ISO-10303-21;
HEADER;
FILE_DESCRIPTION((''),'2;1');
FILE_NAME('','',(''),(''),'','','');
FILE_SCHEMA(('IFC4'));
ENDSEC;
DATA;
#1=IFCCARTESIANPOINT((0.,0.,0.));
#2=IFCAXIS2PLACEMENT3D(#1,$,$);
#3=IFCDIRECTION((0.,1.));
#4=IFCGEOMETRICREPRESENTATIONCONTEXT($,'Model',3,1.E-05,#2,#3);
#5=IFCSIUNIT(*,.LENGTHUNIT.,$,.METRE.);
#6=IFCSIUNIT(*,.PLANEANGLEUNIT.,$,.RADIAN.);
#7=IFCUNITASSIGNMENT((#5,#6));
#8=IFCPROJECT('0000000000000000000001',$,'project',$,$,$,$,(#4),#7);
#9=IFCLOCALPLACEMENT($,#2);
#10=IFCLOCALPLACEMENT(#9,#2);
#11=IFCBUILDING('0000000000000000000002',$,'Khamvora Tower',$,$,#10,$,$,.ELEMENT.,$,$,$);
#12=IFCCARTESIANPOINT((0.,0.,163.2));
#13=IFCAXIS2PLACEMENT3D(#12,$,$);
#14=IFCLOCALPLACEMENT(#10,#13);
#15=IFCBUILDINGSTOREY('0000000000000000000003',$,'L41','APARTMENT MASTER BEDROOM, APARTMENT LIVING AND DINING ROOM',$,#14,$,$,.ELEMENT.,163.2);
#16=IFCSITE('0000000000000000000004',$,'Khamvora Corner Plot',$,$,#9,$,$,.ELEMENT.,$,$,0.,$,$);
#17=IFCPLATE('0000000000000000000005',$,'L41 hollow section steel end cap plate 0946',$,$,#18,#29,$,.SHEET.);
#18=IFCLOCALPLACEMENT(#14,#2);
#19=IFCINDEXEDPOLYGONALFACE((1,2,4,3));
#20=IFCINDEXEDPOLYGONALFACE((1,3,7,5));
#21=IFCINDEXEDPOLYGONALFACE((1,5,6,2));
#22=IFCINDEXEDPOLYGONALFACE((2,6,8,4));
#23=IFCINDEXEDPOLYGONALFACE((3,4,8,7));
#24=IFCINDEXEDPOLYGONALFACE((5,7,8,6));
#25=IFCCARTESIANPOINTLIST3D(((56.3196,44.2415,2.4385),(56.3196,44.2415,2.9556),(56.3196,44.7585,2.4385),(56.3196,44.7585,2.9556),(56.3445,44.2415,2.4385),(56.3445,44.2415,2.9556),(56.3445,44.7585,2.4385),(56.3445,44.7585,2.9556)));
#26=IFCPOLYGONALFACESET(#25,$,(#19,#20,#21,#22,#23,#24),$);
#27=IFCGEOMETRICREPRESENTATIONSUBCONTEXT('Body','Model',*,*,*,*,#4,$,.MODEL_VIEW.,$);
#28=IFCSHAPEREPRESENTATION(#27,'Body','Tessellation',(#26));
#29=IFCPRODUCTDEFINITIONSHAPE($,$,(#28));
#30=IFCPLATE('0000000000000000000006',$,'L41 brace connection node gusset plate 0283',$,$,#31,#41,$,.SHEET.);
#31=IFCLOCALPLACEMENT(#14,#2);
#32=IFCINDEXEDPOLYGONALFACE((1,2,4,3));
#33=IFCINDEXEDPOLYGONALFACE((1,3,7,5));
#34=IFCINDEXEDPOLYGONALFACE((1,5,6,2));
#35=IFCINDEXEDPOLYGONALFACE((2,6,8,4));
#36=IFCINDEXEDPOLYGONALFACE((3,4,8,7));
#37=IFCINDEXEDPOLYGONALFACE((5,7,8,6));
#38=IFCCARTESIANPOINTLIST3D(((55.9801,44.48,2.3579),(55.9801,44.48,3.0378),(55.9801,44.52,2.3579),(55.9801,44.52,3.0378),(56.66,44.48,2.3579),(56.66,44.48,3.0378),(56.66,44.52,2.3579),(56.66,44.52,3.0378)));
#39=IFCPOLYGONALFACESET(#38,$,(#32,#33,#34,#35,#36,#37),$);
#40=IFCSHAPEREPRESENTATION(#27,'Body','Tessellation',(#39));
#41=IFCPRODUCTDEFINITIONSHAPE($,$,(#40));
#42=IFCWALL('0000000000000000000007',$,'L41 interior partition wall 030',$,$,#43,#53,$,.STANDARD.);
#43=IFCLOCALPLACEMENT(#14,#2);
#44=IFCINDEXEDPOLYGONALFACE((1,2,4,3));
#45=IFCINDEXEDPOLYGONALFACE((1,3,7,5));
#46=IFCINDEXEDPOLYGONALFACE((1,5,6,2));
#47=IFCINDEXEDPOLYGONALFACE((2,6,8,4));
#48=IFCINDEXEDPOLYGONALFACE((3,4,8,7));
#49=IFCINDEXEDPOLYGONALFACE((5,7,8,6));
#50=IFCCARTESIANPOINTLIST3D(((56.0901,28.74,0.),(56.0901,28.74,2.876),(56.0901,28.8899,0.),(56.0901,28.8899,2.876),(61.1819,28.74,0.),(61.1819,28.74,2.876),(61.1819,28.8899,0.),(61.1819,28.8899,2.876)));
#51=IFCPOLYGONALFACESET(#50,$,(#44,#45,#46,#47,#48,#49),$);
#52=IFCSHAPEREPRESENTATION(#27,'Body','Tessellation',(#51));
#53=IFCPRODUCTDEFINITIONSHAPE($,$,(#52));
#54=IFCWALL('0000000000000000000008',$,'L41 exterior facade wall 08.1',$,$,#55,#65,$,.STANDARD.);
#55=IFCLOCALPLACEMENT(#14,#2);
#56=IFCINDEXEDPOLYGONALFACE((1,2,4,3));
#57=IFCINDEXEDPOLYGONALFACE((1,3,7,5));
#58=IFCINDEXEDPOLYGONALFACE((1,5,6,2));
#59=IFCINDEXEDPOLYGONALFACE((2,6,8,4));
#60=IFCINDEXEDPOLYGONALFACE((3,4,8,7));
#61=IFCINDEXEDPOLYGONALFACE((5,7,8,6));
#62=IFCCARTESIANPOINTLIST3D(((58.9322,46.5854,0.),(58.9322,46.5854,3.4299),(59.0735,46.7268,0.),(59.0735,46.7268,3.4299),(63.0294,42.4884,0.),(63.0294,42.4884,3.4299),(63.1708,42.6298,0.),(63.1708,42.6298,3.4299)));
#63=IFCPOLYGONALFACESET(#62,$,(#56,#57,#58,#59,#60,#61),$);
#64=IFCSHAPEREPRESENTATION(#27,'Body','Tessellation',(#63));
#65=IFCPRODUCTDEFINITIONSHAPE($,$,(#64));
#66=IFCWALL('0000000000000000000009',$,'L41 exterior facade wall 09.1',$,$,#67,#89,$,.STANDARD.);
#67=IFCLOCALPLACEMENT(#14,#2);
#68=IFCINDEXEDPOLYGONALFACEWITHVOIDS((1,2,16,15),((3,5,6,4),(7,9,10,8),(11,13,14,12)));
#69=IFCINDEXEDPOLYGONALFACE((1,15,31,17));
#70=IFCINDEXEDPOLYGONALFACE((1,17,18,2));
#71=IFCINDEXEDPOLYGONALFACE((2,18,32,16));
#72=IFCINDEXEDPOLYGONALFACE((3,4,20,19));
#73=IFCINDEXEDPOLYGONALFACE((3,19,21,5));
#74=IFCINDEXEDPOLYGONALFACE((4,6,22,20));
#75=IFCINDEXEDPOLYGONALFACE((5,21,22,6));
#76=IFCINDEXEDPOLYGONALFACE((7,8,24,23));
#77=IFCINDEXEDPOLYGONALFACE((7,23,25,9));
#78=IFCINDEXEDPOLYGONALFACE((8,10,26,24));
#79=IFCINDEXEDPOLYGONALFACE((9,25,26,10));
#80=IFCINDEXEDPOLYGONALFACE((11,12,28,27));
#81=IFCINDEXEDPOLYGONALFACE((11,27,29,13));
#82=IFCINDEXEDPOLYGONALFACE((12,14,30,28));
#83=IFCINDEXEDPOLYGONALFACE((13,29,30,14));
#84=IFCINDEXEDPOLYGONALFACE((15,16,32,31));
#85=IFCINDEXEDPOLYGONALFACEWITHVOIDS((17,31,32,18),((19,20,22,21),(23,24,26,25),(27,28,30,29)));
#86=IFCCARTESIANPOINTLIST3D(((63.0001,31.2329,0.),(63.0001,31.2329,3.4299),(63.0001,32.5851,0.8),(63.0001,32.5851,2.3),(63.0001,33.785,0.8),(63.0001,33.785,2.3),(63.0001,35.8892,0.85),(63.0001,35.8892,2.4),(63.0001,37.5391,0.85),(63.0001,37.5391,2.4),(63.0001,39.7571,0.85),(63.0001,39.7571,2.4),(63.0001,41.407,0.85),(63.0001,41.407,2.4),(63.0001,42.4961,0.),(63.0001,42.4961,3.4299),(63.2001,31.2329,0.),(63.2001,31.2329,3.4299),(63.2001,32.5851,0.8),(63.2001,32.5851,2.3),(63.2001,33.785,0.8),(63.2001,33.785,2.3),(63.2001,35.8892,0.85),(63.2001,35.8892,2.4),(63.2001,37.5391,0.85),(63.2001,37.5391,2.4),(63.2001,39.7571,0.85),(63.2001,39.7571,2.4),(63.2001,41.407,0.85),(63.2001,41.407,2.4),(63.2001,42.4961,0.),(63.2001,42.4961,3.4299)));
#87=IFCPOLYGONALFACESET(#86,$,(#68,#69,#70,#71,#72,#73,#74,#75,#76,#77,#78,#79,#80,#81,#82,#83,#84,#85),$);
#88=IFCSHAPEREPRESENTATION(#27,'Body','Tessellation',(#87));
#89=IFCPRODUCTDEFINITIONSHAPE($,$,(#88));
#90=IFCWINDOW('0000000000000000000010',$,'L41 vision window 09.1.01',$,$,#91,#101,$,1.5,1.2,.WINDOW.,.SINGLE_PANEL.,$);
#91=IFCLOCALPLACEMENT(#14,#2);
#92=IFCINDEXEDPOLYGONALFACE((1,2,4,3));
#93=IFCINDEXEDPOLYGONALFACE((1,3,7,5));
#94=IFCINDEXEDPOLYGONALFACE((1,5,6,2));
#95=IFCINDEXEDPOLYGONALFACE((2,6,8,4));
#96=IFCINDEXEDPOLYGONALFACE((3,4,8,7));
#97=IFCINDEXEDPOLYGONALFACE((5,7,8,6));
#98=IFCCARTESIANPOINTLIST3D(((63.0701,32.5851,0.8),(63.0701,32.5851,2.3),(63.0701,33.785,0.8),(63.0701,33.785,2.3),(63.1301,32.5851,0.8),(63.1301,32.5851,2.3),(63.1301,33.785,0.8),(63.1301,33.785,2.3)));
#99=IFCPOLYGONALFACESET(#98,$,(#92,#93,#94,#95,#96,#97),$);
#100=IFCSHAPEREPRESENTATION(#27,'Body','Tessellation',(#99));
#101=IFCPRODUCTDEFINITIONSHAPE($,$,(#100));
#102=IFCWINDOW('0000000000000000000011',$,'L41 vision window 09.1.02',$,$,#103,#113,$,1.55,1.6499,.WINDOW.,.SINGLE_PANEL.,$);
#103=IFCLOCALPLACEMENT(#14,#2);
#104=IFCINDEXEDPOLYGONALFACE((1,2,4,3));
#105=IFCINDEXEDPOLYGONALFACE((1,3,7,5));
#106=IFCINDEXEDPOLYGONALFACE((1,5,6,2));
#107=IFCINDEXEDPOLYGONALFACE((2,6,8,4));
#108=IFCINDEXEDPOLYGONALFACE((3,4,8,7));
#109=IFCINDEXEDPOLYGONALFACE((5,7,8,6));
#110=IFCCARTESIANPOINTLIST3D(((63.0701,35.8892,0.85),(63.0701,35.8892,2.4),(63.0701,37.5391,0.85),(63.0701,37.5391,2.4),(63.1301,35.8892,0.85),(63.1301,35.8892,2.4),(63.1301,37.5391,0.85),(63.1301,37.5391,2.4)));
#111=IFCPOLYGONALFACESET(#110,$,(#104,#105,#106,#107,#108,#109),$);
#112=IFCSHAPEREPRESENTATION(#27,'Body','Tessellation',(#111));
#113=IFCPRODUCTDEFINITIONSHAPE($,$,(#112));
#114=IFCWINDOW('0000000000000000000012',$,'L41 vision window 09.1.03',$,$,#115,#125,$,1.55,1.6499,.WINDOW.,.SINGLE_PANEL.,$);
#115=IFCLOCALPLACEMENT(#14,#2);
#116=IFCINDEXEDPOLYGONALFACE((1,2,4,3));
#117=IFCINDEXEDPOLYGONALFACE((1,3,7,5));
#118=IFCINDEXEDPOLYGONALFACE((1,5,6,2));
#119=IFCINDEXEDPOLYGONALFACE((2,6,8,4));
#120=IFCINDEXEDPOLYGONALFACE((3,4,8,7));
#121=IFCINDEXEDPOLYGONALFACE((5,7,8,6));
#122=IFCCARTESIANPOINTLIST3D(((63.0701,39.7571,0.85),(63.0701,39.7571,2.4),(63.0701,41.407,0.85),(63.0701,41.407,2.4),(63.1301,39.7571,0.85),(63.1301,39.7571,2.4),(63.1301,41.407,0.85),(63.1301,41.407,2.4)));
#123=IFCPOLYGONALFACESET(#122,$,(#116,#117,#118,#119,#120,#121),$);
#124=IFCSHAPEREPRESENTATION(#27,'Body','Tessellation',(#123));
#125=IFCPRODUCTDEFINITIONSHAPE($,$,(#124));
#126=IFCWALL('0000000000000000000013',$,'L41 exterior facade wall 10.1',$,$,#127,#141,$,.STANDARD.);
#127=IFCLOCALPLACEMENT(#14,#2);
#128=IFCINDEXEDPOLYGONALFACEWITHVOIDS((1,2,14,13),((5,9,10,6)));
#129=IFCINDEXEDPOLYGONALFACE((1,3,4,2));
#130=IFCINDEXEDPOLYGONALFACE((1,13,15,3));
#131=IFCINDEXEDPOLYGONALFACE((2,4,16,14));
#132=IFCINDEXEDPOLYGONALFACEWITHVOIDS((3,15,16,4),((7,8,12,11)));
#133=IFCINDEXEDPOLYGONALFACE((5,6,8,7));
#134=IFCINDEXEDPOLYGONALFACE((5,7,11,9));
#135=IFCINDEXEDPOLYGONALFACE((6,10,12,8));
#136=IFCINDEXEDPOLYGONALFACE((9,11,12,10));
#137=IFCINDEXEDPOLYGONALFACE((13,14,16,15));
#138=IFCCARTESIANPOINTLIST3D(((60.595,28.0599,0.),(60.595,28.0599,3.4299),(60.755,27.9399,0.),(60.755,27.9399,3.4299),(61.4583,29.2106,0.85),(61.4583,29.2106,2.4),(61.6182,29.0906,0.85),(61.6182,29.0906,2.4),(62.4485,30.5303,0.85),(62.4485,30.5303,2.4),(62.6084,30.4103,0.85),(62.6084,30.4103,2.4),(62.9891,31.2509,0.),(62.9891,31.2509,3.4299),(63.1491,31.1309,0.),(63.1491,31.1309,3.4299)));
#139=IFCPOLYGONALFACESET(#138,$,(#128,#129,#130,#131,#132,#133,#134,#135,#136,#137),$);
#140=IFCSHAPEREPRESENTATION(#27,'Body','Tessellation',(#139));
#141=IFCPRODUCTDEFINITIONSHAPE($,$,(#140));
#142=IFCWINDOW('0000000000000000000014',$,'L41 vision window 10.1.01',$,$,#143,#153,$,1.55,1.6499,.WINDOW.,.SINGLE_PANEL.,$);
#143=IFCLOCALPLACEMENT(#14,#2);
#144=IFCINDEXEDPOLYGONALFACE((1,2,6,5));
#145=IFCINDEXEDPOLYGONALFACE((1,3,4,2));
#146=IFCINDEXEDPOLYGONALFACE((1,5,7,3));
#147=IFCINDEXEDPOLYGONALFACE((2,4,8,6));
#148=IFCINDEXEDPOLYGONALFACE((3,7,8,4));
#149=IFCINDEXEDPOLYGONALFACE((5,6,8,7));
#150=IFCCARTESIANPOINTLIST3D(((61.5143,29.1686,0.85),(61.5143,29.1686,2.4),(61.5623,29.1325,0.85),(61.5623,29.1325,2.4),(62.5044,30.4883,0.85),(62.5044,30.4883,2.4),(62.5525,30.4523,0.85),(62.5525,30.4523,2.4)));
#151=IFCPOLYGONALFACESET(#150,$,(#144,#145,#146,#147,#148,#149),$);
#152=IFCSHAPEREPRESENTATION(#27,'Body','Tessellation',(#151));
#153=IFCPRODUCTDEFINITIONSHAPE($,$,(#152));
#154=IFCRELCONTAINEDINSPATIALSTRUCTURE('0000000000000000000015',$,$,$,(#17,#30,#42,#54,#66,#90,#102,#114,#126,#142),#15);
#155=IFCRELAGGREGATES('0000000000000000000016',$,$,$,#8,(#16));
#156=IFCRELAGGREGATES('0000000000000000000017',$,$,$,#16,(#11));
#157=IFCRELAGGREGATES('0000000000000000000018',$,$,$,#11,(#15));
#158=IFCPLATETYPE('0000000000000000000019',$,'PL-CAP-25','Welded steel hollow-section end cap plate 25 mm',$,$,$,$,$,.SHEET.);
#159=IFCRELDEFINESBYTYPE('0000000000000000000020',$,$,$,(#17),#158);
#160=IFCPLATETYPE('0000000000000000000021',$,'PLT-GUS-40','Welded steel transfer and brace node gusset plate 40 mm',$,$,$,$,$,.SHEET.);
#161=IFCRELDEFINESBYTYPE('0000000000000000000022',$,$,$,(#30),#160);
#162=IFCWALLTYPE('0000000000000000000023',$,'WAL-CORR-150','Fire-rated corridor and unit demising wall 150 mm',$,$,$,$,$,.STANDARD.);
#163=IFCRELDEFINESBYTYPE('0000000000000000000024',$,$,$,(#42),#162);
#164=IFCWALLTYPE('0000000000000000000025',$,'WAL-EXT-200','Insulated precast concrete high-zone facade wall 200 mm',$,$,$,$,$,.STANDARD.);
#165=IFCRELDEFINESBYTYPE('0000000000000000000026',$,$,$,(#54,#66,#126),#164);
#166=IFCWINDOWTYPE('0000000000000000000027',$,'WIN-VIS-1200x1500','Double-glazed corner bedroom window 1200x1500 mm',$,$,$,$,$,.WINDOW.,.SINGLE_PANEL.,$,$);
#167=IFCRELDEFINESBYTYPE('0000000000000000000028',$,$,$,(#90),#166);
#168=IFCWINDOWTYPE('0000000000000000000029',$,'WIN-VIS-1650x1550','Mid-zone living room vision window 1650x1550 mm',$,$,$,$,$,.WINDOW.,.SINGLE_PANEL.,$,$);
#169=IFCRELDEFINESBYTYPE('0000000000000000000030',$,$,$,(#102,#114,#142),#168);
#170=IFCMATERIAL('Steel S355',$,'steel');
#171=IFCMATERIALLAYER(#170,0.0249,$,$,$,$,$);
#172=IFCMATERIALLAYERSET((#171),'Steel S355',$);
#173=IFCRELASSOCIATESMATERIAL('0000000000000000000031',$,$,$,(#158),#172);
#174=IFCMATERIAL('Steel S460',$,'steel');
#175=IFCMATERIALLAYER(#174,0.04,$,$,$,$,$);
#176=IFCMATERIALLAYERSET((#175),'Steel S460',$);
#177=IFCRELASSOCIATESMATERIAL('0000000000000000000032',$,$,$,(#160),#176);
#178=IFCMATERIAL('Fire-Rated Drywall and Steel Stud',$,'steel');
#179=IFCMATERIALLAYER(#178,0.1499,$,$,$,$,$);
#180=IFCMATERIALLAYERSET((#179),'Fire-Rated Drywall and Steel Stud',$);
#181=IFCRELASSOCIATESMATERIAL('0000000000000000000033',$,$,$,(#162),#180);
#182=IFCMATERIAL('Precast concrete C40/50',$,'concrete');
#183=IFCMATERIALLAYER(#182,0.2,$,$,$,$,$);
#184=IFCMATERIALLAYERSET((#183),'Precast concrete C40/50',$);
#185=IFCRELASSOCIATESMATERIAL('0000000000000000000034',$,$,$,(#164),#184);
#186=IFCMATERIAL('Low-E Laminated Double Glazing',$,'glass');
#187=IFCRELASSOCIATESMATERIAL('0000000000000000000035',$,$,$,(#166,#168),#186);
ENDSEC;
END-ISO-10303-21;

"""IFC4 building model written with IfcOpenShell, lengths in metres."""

from ifc_helpers import new_model, si_unit, direction, frame, frame_2d, origin, origin_2d, place, context, subcontext, project, spatial, rectangle, extrude, material, layer, layer_set, type_object, element, fill, save


model = new_model("IFC4")

# Units and contexts
model_context = context("Model", 3, precision=1e-05, world=origin(), true_north=direction((0.0, 1.0)))
body_context = subcontext(model_context, "Body", "Model", "MODEL_VIEW")
ifc_project = project(units=[si_unit("LENGTHUNIT", "METRE"), si_unit("PLANEANGLEUNIT", "RADIAN")], contexts=[model_context])

# Site, building, storey
site_placement = place(None, origin())
site = spatial("IfcSite", under=ifc_project, at=site_placement, Name="Khamvora Corner Plot", CompositionType="ELEMENT", RefElevation=0.0)
building_placement = place(site_placement, origin())
building = spatial("IfcBuilding", under=site, at=building_placement, Name="Khamvora Tower", CompositionType="ELEMENT")
storey_placement = place(building_placement, frame((0.0, 0.0, 163.2)))
storey = spatial("IfcBuildingStorey", under=building, at=storey_placement, Name="L41", Description="APARTMENT MASTER BEDROOM, APARTMENT LIVING AND DINING ROOM", CompositionType="ELEMENT", Elevation=163.2)

# Shared definitions
ifc_material_1 = material(Name="Steel S355", Category="steel")

# Plates
ifc_layer_1 = layer(ifc_material_1, 0.0249)
ifc_layer_set_1 = layer_set([ifc_layer_1], Name="Steel S355")
plate_type_1 = type_object("IfcPlateType", Name="PL-CAP-25", Description="Welded steel hollow-section end cap plate 25 mm", PredefinedType="SHEET", material=ifc_layer_set_1)
plate_1_placement = place(storey_placement, frame((56.332, 44.5, 2.4385), z_axis=(0.0, 0.0, 1.0), x_axis=(-1.0, 0.0, 0.0)))
element("IfcPlate", 1, at=plate_1_placement, inside=storey, type_object=plate_type_1, Name="L41 hollow section steel end cap plate 0946", PredefinedType="SHEET", context=body_context, shape_type="SweptSolid", body=[
    extrude(rectangle(XDim=0.0249, YDim=0.5171, at=origin_2d()), origin(), (0.0, 0.0, 1.0), 0.5171),
])
ifc_material_2 = material(Name="Steel S460", Category="steel")
ifc_layer_2 = layer(ifc_material_2, 0.04)
ifc_layer_set_2 = layer_set([ifc_layer_2], Name="Steel S460")
plate_type_2 = type_object("IfcPlateType", Name="PLT-GUS-40", Description="Welded steel transfer and brace node gusset plate 40 mm", PredefinedType="SHEET", material=ifc_layer_set_2)
plate_2_placement = place(storey_placement, frame((56.3201, 44.5, 2.3579), z_axis=(0.0, 0.0, 1.0), x_axis=(1.0, 0.0, 0.0)))
element("IfcPlate", 2, at=plate_2_placement, inside=storey, type_object=plate_type_2, Name="L41 brace connection node gusset plate 0283", PredefinedType="SHEET", context=body_context, shape_type="SweptSolid", body=[
    extrude(rectangle(XDim=0.6799, YDim=0.04, at=origin_2d()), origin(), (0.0, 0.0, 1.0), 0.6799),
])

# Walls
ifc_material_3 = material(Name="Fire-Rated Drywall and Steel Stud", Category="steel")
ifc_layer_3 = layer(ifc_material_3, 0.1499)
ifc_layer_set_3 = layer_set([ifc_layer_3], Name="Fire-Rated Drywall and Steel Stud")
wall_type_1 = type_object("IfcWallType", Name="WAL-CORR-150", Description="Fire-rated corridor and unit demising wall 150 mm", PredefinedType="STANDARD", material=ifc_layer_set_3)
wall_1_placement = place(storey_placement, frame((56.0901, 28.8149, 0.0), z_axis=(0.0, 0.0, 1.0), x_axis=(1.0, 0.0, 0.0)))
element("IfcWall", 3, at=wall_1_placement, inside=storey, type_object=wall_type_1, Name="L41 interior partition wall 030", PredefinedType="STANDARD", context=body_context, shape_type="SweptSolid", body=[
    extrude(rectangle(XDim=5.0918, YDim=0.1499, at=frame_2d((2.5459, 0.0))), origin(), (0.0, 0.0, 1.0), 2.876),
])
ifc_material_4 = material(Name="Precast concrete C40/50", Category="concrete")
ifc_layer_4 = layer(ifc_material_4, 0.2)
ifc_layer_set_4 = layer_set([ifc_layer_4], Name="Precast concrete C40/50")
wall_type_2 = type_object("IfcWallType", Name="WAL-EXT-200", Description="Insulated precast concrete high-zone facade wall 200 mm", PredefinedType="STANDARD", material=ifc_layer_set_4)
wall_2_placement = place(storey_placement, frame((59.0029, 46.656, 0.0), z_axis=(0.0, 0.0, 1.0), x_axis=(0.707128, -0.707086, 0.0)))
element("IfcWall", 4, at=wall_2_placement, inside=storey, type_object=wall_type_2, Name="L41 exterior facade wall 08.1", PredefinedType="STANDARD", context=body_context, shape_type="SweptSolid", body=[
    extrude(rectangle(XDim=5.7942, YDim=0.2, at=frame_2d((2.897, 0.0))), origin(), (0.0, 0.0, 1.0), 3.4299),
])

# Wall, openings, windows
wall_3_placement = place(storey_placement, frame((63.1001, 42.4961, 0.0), z_axis=(0.0, 0.0, 1.0), x_axis=(0.0, -1.0, 0.0)))
wall_3 = element("IfcWall", 5, at=wall_3_placement, inside=storey, type_object=wall_type_2, Name="L41 exterior facade wall 09.1", PredefinedType="STANDARD", context=body_context, shape_type="SweptSolid", body=[
    extrude(rectangle(XDim=11.2632, YDim=0.2, at=frame_2d((5.6316, 0.0))), origin(), (0.0, 0.0, 1.0), 3.4299),
])
opening_1_placement = place(wall_3_placement, frame((8.7109, 0.0, 0.8)))
opening_1 = element("IfcOpeningElement", 6, at=opening_1_placement, cuts=wall_3, PredefinedType="OPENING", context=body_context, shape_type="SweptSolid", body=[
    extrude(rectangle(XDim=1.2, YDim=1.5, at=frame_2d((0.6001, 0.75))), frame((0.0, 0.1099, 0.0), z_axis=(0.0, -1.0, 0.0), x_axis=(1.0, 0.0, 0.0)), (0.0, 0.0, 1.0), 0.22),
])
opening_2_placement = place(wall_3_placement, frame((4.957, 0.0, 0.8501)))
opening_2 = element("IfcOpeningElement", 7, at=opening_2_placement, cuts=wall_3, PredefinedType="OPENING", context=body_context, shape_type="SweptSolid", body=[
    extrude(rectangle(XDim=1.6499, YDim=1.55, at=frame_2d((0.825, 0.7749))), frame((0.0, 0.1099, 0.0), z_axis=(0.0, -1.0, 0.0), x_axis=(1.0, 0.0, 0.0)), (0.0, 0.0, 1.0), 0.22),
])
opening_3_placement = place(wall_3_placement, frame((1.0891, 0.0, 0.8501)))
opening_3 = element("IfcOpeningElement", 8, at=opening_3_placement, cuts=wall_3, PredefinedType="OPENING", context=body_context, shape_type="SweptSolid", body=[
    extrude(rectangle(XDim=1.6499, YDim=1.55, at=frame_2d((0.825, 0.7749))), frame((0.0, 0.1099, 0.0), z_axis=(0.0, -1.0, 0.0), x_axis=(1.0, 0.0, 0.0)), (0.0, 0.0, 1.0), 0.22),
])
ifc_material_5 = material(Name="Low-E Laminated Double Glazing", Category="glass")
window_type_1 = type_object("IfcWindowType", Name="WIN-VIS-1200x1500", Description="Double-glazed corner bedroom window 1200x1500 mm", PartitioningType="SINGLE_PANEL", PredefinedType="WINDOW", material=ifc_material_5)
window_1_placement = place(opening_1_placement, origin())
window_1 = element("IfcWindow", 9, at=window_1_placement, inside=storey, type_object=window_type_1, Name="L41 vision window 09.1.01", OverallHeight=1.5, OverallWidth=1.2, PartitioningType="SINGLE_PANEL", PredefinedType="WINDOW", context=body_context, shape_type="SweptSolid", body=[
    extrude(rectangle(XDim=1.2, YDim=1.5, at=frame_2d((0.6001, 0.75))), frame((0.0, 0.03, 0.0), z_axis=(0.0, -1.0, 0.0), x_axis=(1.0, 0.0, 0.0)), (0.0, 0.0, 1.0), 0.0601),
])
fill(opening_1, window_1)
window_type_2 = type_object("IfcWindowType", Name="WIN-VIS-1650x1550", Description="Mid-zone living room vision window 1650x1550 mm", PartitioningType="SINGLE_PANEL", PredefinedType="WINDOW", material=ifc_material_5)
window_2_placement = place(opening_2_placement, origin())
window_2 = element("IfcWindow", 10, at=window_2_placement, inside=storey, type_object=window_type_2, Name="L41 vision window 09.1.02", OverallHeight=1.55, OverallWidth=1.6499, PartitioningType="SINGLE_PANEL", PredefinedType="WINDOW", context=body_context, shape_type="SweptSolid", body=[
    extrude(rectangle(XDim=1.6499, YDim=1.55, at=frame_2d((0.825, 0.7749))), frame((0.0, 0.03, 0.0), z_axis=(0.0, -1.0, 0.0), x_axis=(1.0, 0.0, 0.0)), (0.0, 0.0, 1.0), 0.0601),
])
fill(opening_2, window_2)
window_3_placement = place(opening_3_placement, origin())
window_3 = element("IfcWindow", 11, at=window_3_placement, inside=storey, type_object=window_type_2, Name="L41 vision window 09.1.03", OverallHeight=1.55, OverallWidth=1.6499, PartitioningType="SINGLE_PANEL", PredefinedType="WINDOW", context=body_context, shape_type="SweptSolid", body=[
    extrude(rectangle(XDim=1.6499, YDim=1.55, at=frame_2d((0.825, 0.7749))), frame((0.0, 0.03, 0.0), z_axis=(0.0, -1.0, 0.0), x_axis=(1.0, 0.0, 0.0)), (0.0, 0.0, 1.0), 0.0601),
])
fill(opening_3, window_3)

# Wall, opening, window
wall_4_placement = place(storey_placement, frame((63.0691, 31.1909, 0.0), z_axis=(0.0, 0.0, 1.0), x_axis=(-0.600137, -0.799897, 0.0)))
wall_4 = element("IfcWall", 12, at=wall_4_placement, inside=storey, type_object=wall_type_2, Name="L41 exterior facade wall 10.1", PredefinedType="STANDARD", context=body_context, shape_type="SweptSolid", body=[
    extrude(rectangle(XDim=3.9893, YDim=0.2, at=frame_2d((1.9946, 0.0))), origin(), (0.0, 0.0, 1.0), 3.4299),
])
opening_4_placement = place(wall_4_placement, frame((0.9009, 0.0, 0.8501)))
opening_4 = element("IfcOpeningElement", 13, at=opening_4_placement, cuts=wall_4, PredefinedType="OPENING", context=body_context, shape_type="SweptSolid", body=[
    extrude(rectangle(XDim=1.6499, YDim=1.55, at=frame_2d((0.825, 0.7749))), frame((0.0, 0.1099, 0.0), z_axis=(0.0, -1.0, 0.0), x_axis=(1.0, 0.0, 0.0)), (0.0, 0.0, 1.0), 0.22),
])
window_4_placement = place(opening_4_placement, origin())
window_4 = element("IfcWindow", 14, at=window_4_placement, inside=storey, type_object=window_type_2, Name="L41 vision window 10.1.01", OverallHeight=1.55, OverallWidth=1.6499, PartitioningType="SINGLE_PANEL", PredefinedType="WINDOW", context=body_context, shape_type="SweptSolid", body=[
    extrude(rectangle(XDim=1.6499, YDim=1.55, at=frame_2d((0.825, 0.7749))), frame((0.0, 0.03, 0.0), z_axis=(0.0, -1.0, 0.0), x_axis=(1.0, 0.0, 0.0)), (0.0, 0.0, 1.0), 0.0601),
])
fill(opening_4, window_4)

save(model, "model.ifc")
